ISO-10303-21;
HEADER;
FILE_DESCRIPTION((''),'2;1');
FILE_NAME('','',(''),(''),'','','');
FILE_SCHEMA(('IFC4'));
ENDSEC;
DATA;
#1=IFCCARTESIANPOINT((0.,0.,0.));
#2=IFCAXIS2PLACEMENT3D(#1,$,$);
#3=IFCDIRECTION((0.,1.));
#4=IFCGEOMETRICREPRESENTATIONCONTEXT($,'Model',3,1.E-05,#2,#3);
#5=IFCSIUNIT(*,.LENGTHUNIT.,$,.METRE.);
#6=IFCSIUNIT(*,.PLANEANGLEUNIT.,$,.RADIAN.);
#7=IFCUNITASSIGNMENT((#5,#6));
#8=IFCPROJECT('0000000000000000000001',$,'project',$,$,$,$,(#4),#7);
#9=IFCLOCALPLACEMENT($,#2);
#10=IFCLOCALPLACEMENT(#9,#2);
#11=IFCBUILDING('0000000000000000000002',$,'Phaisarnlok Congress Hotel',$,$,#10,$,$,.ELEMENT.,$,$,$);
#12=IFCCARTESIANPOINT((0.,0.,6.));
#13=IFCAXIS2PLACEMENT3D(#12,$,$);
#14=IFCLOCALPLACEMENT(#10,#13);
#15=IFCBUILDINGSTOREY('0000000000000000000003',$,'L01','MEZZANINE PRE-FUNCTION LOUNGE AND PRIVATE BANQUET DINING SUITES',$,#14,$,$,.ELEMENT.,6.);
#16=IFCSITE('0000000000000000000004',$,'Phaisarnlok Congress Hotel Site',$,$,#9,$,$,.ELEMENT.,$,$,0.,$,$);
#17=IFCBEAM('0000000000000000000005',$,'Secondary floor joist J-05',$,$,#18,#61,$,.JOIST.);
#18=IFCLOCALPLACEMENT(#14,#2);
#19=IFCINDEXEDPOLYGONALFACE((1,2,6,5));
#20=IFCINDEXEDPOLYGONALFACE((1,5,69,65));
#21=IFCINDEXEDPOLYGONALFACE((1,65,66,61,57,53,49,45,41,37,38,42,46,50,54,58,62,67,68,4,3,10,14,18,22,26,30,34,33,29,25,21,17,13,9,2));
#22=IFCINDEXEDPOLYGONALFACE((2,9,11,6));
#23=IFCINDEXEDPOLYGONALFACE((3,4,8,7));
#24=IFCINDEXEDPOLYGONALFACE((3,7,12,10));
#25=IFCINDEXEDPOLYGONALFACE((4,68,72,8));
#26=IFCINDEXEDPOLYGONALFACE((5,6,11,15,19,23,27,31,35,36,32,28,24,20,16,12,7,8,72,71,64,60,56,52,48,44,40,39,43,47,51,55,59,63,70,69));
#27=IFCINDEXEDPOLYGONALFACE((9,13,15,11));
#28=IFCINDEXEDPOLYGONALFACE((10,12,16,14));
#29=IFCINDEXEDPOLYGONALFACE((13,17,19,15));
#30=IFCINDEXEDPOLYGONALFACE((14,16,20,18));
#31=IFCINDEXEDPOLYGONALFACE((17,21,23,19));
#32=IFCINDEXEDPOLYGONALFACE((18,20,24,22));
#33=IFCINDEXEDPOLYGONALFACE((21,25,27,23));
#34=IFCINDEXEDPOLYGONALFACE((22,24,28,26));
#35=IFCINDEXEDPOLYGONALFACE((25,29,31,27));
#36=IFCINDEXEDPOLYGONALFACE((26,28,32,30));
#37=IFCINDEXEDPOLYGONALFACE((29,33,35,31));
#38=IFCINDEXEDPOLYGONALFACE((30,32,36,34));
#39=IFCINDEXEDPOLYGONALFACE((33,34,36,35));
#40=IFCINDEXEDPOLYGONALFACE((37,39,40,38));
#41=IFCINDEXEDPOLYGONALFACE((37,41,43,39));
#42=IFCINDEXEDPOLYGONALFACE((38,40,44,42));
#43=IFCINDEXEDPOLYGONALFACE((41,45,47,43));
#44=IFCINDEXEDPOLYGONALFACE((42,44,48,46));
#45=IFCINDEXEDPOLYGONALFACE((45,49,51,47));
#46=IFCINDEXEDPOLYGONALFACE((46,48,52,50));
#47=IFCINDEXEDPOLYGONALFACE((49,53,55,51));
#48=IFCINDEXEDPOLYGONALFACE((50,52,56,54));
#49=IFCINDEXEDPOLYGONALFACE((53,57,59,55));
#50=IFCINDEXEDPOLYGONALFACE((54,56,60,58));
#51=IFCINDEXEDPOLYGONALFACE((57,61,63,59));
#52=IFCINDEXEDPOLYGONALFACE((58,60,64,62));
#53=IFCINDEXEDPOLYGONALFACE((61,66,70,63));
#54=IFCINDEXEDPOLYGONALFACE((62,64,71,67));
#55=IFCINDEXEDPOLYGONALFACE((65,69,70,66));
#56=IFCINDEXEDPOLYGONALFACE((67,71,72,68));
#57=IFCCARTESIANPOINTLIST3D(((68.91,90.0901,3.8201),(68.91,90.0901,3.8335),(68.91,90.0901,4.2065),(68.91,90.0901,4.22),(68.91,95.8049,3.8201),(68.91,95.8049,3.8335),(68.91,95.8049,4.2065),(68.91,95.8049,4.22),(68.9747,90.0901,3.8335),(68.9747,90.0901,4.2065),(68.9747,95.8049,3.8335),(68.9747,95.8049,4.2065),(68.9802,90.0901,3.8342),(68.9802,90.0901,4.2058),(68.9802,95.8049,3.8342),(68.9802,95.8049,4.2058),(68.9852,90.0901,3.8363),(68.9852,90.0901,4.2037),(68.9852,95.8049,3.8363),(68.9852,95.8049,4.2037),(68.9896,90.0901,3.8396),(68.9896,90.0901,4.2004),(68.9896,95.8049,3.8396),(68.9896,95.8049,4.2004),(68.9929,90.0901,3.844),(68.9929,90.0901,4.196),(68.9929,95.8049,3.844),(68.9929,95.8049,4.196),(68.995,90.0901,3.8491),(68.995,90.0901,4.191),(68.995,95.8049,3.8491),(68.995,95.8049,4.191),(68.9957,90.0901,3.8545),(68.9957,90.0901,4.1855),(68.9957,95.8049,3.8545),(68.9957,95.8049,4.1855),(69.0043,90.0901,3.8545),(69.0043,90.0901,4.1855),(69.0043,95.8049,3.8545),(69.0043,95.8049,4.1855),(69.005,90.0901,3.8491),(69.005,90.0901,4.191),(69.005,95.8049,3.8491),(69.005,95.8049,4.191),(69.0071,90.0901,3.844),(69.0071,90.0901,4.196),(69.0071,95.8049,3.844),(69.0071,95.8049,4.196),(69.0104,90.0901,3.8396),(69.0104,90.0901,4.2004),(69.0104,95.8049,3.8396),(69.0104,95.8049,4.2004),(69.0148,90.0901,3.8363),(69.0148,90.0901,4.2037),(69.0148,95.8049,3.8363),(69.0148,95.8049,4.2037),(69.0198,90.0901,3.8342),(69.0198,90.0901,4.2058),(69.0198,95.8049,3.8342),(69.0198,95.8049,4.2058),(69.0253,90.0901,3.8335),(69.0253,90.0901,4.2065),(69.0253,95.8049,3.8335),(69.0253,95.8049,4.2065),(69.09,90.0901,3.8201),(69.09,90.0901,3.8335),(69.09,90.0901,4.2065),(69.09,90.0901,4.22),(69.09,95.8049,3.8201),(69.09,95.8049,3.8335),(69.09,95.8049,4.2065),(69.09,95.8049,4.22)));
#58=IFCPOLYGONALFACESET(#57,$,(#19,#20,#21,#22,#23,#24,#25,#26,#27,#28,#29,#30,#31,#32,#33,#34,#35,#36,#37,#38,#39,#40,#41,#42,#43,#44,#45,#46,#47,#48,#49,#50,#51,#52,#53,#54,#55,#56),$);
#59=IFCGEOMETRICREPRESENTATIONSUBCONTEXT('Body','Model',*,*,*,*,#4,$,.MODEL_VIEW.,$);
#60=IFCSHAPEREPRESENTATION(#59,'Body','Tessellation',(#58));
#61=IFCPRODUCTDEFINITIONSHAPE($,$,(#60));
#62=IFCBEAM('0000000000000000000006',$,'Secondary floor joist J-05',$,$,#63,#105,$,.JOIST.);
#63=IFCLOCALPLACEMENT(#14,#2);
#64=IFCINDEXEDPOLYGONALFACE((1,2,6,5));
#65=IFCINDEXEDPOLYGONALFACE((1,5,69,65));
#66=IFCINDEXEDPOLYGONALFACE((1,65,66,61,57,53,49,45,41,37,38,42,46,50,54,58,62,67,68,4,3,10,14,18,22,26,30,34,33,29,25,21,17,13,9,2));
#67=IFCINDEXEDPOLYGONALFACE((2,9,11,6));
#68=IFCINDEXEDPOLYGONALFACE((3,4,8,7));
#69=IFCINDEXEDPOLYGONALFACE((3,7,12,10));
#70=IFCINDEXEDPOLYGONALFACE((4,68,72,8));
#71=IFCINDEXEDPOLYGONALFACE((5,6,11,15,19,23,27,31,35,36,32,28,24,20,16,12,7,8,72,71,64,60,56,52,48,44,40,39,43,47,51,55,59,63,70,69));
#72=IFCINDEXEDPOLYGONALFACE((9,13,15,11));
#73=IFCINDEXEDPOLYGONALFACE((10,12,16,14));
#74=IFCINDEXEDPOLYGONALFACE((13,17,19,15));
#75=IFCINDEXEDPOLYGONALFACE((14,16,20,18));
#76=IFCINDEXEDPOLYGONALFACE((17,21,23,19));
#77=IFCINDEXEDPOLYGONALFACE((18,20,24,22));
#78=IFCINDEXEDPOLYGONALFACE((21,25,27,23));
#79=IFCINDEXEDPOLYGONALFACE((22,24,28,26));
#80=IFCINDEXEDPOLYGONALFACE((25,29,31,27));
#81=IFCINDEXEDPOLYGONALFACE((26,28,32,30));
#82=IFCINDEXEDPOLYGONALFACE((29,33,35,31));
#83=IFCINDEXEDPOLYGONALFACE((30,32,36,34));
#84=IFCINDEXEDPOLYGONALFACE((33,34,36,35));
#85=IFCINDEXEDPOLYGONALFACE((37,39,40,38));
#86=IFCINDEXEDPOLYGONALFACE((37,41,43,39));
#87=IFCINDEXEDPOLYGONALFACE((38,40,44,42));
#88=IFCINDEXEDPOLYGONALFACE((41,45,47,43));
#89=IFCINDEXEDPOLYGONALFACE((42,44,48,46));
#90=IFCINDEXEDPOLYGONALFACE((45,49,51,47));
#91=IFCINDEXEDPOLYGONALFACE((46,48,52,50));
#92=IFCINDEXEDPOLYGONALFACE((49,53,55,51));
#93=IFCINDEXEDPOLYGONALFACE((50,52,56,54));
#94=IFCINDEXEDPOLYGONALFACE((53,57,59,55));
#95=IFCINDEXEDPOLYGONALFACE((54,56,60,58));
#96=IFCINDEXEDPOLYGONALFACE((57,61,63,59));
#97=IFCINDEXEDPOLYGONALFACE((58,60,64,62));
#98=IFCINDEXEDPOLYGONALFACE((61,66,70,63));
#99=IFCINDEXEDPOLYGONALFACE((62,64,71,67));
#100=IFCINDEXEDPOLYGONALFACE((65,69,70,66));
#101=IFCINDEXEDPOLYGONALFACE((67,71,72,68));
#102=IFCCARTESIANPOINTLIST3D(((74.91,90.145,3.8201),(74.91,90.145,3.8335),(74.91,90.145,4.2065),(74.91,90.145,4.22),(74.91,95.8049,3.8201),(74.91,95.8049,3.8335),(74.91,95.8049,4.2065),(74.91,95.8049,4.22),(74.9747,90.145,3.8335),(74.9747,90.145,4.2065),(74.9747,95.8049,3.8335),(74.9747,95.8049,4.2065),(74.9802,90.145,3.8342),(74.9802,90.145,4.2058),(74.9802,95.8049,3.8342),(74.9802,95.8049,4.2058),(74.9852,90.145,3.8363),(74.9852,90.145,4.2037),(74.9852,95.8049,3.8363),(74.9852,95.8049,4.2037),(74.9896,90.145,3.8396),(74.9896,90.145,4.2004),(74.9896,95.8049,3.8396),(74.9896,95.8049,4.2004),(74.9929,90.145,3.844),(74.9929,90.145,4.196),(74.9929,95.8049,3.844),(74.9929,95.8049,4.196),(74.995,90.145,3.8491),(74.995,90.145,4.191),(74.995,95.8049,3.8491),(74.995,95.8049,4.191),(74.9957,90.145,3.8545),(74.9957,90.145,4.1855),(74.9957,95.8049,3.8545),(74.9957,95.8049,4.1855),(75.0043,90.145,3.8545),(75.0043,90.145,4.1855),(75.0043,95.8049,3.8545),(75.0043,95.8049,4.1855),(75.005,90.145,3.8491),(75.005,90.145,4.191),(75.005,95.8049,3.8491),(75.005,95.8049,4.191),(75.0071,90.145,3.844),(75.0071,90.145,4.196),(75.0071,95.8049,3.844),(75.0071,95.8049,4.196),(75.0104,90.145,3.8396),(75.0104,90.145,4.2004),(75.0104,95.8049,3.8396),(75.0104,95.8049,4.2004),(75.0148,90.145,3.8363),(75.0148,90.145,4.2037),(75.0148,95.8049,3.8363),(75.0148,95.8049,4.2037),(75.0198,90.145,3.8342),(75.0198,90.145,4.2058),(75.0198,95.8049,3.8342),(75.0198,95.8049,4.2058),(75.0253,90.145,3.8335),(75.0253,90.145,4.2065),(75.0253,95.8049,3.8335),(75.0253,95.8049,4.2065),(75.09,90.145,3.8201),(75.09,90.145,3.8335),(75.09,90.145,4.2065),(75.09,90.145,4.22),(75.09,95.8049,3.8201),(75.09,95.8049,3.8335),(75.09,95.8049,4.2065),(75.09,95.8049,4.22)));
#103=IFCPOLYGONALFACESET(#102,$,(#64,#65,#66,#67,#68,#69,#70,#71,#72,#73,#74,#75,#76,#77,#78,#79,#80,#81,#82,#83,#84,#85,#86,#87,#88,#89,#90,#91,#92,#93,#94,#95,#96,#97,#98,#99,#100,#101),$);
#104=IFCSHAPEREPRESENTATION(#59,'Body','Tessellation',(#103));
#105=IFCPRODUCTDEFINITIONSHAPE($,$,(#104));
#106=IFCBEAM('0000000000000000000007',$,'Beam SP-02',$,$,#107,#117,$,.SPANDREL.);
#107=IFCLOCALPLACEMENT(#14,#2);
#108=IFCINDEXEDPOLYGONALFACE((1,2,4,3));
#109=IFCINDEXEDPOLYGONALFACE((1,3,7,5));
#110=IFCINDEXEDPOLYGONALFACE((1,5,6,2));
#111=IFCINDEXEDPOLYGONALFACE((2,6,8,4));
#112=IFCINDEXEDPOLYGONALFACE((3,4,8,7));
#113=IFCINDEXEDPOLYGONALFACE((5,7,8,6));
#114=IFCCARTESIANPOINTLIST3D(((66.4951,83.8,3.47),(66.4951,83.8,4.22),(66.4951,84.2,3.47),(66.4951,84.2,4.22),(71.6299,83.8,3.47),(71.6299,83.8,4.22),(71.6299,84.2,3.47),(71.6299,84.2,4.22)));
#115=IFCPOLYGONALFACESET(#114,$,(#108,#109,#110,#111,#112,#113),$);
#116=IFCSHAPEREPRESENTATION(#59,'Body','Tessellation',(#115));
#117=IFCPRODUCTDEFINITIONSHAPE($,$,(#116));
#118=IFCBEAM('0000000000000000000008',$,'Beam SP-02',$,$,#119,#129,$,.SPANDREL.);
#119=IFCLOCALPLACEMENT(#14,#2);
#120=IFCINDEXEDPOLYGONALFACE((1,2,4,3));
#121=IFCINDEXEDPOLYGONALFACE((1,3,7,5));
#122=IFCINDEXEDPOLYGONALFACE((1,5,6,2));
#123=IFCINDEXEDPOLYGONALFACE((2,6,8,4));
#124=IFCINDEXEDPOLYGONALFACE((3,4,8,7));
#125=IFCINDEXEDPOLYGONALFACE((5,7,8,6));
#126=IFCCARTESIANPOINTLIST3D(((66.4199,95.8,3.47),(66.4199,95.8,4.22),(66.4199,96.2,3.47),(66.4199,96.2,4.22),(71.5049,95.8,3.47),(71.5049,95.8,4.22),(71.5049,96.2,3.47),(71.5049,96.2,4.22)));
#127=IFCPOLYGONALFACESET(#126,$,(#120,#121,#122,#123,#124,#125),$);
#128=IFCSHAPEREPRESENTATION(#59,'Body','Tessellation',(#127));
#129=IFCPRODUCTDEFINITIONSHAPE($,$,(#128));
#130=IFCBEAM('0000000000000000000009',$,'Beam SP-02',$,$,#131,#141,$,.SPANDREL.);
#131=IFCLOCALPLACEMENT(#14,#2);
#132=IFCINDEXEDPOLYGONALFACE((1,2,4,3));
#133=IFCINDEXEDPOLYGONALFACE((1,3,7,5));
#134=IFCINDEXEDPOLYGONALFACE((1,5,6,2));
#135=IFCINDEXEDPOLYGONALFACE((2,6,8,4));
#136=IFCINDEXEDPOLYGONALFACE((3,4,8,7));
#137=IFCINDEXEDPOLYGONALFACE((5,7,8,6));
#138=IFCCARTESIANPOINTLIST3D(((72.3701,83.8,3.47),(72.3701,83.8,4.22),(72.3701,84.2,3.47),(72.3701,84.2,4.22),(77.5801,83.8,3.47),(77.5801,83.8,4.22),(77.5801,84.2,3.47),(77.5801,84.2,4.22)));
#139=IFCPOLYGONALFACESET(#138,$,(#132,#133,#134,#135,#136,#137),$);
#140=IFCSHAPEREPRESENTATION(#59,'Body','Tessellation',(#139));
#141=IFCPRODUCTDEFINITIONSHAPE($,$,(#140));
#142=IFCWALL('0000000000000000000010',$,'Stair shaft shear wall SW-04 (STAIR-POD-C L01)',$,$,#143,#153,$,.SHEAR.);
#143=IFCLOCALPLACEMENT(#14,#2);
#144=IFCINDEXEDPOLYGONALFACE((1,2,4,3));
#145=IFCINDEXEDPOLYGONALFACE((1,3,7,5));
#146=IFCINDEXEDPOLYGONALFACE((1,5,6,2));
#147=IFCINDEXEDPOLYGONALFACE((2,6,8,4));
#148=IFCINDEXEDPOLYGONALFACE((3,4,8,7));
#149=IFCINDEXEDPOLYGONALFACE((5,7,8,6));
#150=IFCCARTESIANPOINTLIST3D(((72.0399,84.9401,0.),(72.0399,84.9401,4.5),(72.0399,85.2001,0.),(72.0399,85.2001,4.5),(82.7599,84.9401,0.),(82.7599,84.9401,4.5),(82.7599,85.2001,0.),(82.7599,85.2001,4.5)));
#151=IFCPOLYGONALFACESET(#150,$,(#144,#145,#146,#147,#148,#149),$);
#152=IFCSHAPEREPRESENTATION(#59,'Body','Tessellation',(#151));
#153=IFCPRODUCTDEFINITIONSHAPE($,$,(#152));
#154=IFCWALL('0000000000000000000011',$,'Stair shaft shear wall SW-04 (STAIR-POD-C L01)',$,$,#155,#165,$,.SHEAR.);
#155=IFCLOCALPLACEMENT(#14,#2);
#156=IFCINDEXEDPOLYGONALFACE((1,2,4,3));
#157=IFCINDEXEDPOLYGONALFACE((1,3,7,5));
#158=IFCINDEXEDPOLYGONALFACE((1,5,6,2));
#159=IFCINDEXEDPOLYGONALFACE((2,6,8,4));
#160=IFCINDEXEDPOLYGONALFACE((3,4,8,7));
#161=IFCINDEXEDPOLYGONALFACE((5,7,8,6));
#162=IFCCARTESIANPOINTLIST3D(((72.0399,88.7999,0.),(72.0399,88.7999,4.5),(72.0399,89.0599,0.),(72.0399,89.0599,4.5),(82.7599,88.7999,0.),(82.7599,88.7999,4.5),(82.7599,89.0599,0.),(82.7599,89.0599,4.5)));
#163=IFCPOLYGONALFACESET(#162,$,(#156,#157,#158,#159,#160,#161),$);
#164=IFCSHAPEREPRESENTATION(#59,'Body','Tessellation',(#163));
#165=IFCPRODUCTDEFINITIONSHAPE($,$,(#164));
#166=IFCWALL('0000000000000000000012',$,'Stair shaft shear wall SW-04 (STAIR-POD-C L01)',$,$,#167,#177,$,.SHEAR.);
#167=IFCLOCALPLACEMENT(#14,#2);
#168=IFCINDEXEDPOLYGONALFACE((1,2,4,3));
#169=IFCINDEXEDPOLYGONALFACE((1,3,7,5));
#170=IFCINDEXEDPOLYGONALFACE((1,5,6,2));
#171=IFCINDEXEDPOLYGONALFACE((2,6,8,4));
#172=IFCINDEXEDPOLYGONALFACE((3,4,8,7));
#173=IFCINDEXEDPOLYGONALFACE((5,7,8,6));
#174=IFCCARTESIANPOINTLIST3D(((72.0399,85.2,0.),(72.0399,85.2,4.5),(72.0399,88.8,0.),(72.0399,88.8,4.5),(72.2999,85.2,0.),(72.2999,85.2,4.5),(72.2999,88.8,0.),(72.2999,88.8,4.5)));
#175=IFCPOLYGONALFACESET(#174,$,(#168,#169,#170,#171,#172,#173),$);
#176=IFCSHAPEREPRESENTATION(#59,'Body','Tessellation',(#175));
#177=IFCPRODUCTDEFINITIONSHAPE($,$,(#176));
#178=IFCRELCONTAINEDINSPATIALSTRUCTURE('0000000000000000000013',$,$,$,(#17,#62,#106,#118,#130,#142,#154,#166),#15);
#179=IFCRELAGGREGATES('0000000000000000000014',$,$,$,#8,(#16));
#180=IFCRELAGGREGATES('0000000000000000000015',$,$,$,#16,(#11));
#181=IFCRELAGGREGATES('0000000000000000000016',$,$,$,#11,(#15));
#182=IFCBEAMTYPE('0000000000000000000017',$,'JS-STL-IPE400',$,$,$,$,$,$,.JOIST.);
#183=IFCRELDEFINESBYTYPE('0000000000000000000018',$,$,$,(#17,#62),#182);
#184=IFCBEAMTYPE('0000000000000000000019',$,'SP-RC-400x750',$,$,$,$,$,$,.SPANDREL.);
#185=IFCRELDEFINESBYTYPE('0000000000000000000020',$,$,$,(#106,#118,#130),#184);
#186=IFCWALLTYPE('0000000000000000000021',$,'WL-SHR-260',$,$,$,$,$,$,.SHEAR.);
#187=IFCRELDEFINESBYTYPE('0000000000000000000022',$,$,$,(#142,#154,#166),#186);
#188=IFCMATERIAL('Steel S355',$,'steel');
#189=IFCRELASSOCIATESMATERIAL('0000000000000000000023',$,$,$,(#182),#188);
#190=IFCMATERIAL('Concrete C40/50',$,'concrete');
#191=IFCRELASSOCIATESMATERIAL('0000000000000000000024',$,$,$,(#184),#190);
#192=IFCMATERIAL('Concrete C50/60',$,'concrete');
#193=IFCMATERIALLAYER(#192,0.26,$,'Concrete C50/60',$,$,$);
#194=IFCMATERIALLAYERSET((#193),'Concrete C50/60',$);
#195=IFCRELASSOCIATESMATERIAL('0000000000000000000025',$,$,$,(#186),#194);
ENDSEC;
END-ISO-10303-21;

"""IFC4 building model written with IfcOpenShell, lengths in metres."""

from ifc_helpers import new_model, si_unit, direction, frame, frame_2d, origin, origin_2d, place, context, subcontext, project, spatial, rectangle, i_section, extrude, material, layer, layer_set, material_profile, profile_set, type_object, element, save


model = new_model("IFC4")

# Units and contexts
model_context = context("Model", 3, precision=1e-05, world=origin(), true_north=direction((0.0, 1.0)))
body_context = subcontext(model_context, "Body", "Model", "MODEL_VIEW")
ifc_project = project(units=[si_unit("LENGTHUNIT", "METRE"), si_unit("PLANEANGLEUNIT", "RADIAN")], contexts=[model_context])

# Site, building, storey
site_placement = place(None, origin())
site = spatial("IfcSite", under=ifc_project, at=site_placement, Name="Phaisarnlok Congress Hotel Site", CompositionType="ELEMENT", RefElevation=0.0)
building_placement = place(site_placement, origin())
building = spatial("IfcBuilding", under=site, at=building_placement, Name="Phaisarnlok Congress Hotel", CompositionType="ELEMENT")
storey_placement = place(building_placement, frame((0.0, 0.0, 6.0)))
storey = spatial("IfcBuildingStorey", under=building, at=storey_placement, Name="L01", Description="MEZZANINE PRE-FUNCTION LOUNGE AND PRIVATE BANQUET DINING SUITES", CompositionType="ELEMENT", Elevation=6.0)

# Shared definitions
ifc_material_1 = material(Name="Concrete C50/60", Category="concrete")

# Shared definitions
ifc_material_2 = material(Name="Concrete C40/50", Category="concrete")
ifc_material_3 = material(Name="Steel S355", Category="steel")

# Beams
ifc_material_profile_1 = material_profile(ifc_material_3, i_section(OverallWidth=0.1799, OverallDepth=0.3999, WebThickness=0.0085, FlangeThickness=0.0134, FilletRadius=0.021, at=origin_2d()), Name="IPE 400")
ifc_profile_set_1 = profile_set([ifc_material_profile_1], Name="Steel S355")
beam_type_1 = type_object("IfcBeamType", Name="JS-STL-IPE400", PredefinedType="JOIST", material=ifc_profile_set_1)
for number, where, z_axis, x_axis, name in (
    (1, (69.0, 90.0901, 4.02), (0.0, 1.0, 0.0), (-1.0, 0.0, 0.0), "Secondary floor joist J-05"),
):
    element("IfcBeam", number, at=place(storey_placement, frame(where, z_axis=z_axis, x_axis=x_axis)), inside=storey, type_object=beam_type_1, Name=name, PredefinedType="JOIST", context=body_context, shape_type="SweptSolid", body=[
        extrude(i_section(OverallWidth=0.1799, OverallDepth=0.3999, WebThickness=0.0085, FlangeThickness=0.0134, FilletRadius=0.021, at=origin_2d()), origin(), (0.0, 0.0, 1.0), 5.7148),
    ])
beam_1_placement = place(storey_placement, frame((75.0, 90.145, 4.02), z_axis=(0.0, 1.0, 0.0), x_axis=(-1.0, 0.0, 0.0)))
element("IfcBeam", 2, at=beam_1_placement, inside=storey, type_object=beam_type_1, Name="Secondary floor joist J-05", PredefinedType="JOIST", context=body_context, shape_type="SweptSolid", body=[
    extrude(i_section(OverallWidth=0.1799, OverallDepth=0.3999, WebThickness=0.0085, FlangeThickness=0.0134, FilletRadius=0.021, at=origin_2d()), origin(), (0.0, 0.0, 1.0), 5.6599),
])
ifc_material_profile_2 = material_profile(ifc_material_2, rectangle(XDim=0.3999, YDim=0.75, at=origin_2d()), Name="RC 400x750")
ifc_profile_set_2 = profile_set([ifc_material_profile_2], Name="Concrete C40/50")
beam_type_2 = type_object("IfcBeamType", Name="SP-RC-400x750", PredefinedType="SPANDREL", material=ifc_profile_set_2)
beam_2_placement = place(storey_placement, frame((66.4951, 84.0, 3.845), z_axis=(1.0, 0.0, 0.0), x_axis=(0.0, 1.0, 0.0)))
element("IfcBeam", 3, at=beam_2_placement, inside=storey, type_object=beam_type_2, Name="Beam SP-02", PredefinedType="SPANDREL", context=body_context, shape_type="SweptSolid", body=[
    extrude(rectangle(XDim=0.3999, YDim=0.75, at=origin_2d()), origin(), (0.0, 0.0, 1.0), 5.1348),
])
beam_3_placement = place(storey_placement, frame((66.4199, 96.0, 3.845), z_axis=(1.0, 0.0, 0.0), x_axis=(0.0, 1.0, 0.0)))
element("IfcBeam", 4, at=beam_3_placement, inside=storey, type_object=beam_type_2, Name="Beam SP-02", PredefinedType="SPANDREL", context=body_context, shape_type="SweptSolid", body=[
    extrude(rectangle(XDim=0.3999, YDim=0.75, at=origin_2d()), origin(), (0.0, 0.0, 1.0), 5.085),
])
beam_4_placement = place(storey_placement, frame((72.3701, 84.0, 3.845), z_axis=(1.0, 0.0, 0.0), x_axis=(0.0, 1.0, 0.0)))
element("IfcBeam", 5, at=beam_4_placement, inside=storey, type_object=beam_type_2, Name="Beam SP-02", PredefinedType="SPANDREL", context=body_context, shape_type="SweptSolid", body=[
    extrude(rectangle(XDim=0.3999, YDim=0.75, at=origin_2d()), origin(), (0.0, 0.0, 1.0), 5.21),
])

# Walls
ifc_layer = layer(ifc_material_1, 0.26, Name="Concrete C50/60")
ifc_layer_set = layer_set([ifc_layer], Name="Concrete C50/60")
wall_type = type_object("IfcWallType", Name="WL-SHR-260", PredefinedType="SHEAR", material=ifc_layer_set)
for number, where, z_axis, x_axis, name in (
    (6, (72.04, 85.0701, 0.0), (0.0, 0.0, 1.0), (1.0, 0.0, 0.0), "Stair shaft shear wall SW-04 (STAIR-POD-C L01)"),
    (7, (72.04, 88.9299, 0.0), (0.0, 0.0, 1.0), (1.0, 0.0, 0.0), "Stair shaft shear wall SW-04 (STAIR-POD-C L01)"),
):
    element("IfcWall", number, at=place(storey_placement, frame(where, z_axis=z_axis, x_axis=x_axis)), inside=storey, type_object=wall_type, Name=name, PredefinedType="SHEAR", context=body_context, shape_type="SweptSolid", body=[
        extrude(rectangle(XDim=10.72, YDim=0.26, at=frame_2d((5.3599, 0.0))), origin(), (0.0, 0.0, 1.0), 4.5),
    ])
wall_placement = place(storey_placement, frame((72.1699, 85.2, 0.0), z_axis=(0.0, 0.0, 1.0), x_axis=(0.0, 1.0, 0.0)))
element("IfcWall", 8, at=wall_placement, inside=storey, type_object=wall_type, Name="Stair shaft shear wall SW-04 (STAIR-POD-C L01)", PredefinedType="SHEAR", context=body_context, shape_type="SweptSolid", body=[
    extrude(rectangle(XDim=3.6001, YDim=0.26, at=frame_2d((1.8, 0.0))), origin(), (0.0, 0.0, 1.0), 4.5),
])

save(model, "model.ifc")
